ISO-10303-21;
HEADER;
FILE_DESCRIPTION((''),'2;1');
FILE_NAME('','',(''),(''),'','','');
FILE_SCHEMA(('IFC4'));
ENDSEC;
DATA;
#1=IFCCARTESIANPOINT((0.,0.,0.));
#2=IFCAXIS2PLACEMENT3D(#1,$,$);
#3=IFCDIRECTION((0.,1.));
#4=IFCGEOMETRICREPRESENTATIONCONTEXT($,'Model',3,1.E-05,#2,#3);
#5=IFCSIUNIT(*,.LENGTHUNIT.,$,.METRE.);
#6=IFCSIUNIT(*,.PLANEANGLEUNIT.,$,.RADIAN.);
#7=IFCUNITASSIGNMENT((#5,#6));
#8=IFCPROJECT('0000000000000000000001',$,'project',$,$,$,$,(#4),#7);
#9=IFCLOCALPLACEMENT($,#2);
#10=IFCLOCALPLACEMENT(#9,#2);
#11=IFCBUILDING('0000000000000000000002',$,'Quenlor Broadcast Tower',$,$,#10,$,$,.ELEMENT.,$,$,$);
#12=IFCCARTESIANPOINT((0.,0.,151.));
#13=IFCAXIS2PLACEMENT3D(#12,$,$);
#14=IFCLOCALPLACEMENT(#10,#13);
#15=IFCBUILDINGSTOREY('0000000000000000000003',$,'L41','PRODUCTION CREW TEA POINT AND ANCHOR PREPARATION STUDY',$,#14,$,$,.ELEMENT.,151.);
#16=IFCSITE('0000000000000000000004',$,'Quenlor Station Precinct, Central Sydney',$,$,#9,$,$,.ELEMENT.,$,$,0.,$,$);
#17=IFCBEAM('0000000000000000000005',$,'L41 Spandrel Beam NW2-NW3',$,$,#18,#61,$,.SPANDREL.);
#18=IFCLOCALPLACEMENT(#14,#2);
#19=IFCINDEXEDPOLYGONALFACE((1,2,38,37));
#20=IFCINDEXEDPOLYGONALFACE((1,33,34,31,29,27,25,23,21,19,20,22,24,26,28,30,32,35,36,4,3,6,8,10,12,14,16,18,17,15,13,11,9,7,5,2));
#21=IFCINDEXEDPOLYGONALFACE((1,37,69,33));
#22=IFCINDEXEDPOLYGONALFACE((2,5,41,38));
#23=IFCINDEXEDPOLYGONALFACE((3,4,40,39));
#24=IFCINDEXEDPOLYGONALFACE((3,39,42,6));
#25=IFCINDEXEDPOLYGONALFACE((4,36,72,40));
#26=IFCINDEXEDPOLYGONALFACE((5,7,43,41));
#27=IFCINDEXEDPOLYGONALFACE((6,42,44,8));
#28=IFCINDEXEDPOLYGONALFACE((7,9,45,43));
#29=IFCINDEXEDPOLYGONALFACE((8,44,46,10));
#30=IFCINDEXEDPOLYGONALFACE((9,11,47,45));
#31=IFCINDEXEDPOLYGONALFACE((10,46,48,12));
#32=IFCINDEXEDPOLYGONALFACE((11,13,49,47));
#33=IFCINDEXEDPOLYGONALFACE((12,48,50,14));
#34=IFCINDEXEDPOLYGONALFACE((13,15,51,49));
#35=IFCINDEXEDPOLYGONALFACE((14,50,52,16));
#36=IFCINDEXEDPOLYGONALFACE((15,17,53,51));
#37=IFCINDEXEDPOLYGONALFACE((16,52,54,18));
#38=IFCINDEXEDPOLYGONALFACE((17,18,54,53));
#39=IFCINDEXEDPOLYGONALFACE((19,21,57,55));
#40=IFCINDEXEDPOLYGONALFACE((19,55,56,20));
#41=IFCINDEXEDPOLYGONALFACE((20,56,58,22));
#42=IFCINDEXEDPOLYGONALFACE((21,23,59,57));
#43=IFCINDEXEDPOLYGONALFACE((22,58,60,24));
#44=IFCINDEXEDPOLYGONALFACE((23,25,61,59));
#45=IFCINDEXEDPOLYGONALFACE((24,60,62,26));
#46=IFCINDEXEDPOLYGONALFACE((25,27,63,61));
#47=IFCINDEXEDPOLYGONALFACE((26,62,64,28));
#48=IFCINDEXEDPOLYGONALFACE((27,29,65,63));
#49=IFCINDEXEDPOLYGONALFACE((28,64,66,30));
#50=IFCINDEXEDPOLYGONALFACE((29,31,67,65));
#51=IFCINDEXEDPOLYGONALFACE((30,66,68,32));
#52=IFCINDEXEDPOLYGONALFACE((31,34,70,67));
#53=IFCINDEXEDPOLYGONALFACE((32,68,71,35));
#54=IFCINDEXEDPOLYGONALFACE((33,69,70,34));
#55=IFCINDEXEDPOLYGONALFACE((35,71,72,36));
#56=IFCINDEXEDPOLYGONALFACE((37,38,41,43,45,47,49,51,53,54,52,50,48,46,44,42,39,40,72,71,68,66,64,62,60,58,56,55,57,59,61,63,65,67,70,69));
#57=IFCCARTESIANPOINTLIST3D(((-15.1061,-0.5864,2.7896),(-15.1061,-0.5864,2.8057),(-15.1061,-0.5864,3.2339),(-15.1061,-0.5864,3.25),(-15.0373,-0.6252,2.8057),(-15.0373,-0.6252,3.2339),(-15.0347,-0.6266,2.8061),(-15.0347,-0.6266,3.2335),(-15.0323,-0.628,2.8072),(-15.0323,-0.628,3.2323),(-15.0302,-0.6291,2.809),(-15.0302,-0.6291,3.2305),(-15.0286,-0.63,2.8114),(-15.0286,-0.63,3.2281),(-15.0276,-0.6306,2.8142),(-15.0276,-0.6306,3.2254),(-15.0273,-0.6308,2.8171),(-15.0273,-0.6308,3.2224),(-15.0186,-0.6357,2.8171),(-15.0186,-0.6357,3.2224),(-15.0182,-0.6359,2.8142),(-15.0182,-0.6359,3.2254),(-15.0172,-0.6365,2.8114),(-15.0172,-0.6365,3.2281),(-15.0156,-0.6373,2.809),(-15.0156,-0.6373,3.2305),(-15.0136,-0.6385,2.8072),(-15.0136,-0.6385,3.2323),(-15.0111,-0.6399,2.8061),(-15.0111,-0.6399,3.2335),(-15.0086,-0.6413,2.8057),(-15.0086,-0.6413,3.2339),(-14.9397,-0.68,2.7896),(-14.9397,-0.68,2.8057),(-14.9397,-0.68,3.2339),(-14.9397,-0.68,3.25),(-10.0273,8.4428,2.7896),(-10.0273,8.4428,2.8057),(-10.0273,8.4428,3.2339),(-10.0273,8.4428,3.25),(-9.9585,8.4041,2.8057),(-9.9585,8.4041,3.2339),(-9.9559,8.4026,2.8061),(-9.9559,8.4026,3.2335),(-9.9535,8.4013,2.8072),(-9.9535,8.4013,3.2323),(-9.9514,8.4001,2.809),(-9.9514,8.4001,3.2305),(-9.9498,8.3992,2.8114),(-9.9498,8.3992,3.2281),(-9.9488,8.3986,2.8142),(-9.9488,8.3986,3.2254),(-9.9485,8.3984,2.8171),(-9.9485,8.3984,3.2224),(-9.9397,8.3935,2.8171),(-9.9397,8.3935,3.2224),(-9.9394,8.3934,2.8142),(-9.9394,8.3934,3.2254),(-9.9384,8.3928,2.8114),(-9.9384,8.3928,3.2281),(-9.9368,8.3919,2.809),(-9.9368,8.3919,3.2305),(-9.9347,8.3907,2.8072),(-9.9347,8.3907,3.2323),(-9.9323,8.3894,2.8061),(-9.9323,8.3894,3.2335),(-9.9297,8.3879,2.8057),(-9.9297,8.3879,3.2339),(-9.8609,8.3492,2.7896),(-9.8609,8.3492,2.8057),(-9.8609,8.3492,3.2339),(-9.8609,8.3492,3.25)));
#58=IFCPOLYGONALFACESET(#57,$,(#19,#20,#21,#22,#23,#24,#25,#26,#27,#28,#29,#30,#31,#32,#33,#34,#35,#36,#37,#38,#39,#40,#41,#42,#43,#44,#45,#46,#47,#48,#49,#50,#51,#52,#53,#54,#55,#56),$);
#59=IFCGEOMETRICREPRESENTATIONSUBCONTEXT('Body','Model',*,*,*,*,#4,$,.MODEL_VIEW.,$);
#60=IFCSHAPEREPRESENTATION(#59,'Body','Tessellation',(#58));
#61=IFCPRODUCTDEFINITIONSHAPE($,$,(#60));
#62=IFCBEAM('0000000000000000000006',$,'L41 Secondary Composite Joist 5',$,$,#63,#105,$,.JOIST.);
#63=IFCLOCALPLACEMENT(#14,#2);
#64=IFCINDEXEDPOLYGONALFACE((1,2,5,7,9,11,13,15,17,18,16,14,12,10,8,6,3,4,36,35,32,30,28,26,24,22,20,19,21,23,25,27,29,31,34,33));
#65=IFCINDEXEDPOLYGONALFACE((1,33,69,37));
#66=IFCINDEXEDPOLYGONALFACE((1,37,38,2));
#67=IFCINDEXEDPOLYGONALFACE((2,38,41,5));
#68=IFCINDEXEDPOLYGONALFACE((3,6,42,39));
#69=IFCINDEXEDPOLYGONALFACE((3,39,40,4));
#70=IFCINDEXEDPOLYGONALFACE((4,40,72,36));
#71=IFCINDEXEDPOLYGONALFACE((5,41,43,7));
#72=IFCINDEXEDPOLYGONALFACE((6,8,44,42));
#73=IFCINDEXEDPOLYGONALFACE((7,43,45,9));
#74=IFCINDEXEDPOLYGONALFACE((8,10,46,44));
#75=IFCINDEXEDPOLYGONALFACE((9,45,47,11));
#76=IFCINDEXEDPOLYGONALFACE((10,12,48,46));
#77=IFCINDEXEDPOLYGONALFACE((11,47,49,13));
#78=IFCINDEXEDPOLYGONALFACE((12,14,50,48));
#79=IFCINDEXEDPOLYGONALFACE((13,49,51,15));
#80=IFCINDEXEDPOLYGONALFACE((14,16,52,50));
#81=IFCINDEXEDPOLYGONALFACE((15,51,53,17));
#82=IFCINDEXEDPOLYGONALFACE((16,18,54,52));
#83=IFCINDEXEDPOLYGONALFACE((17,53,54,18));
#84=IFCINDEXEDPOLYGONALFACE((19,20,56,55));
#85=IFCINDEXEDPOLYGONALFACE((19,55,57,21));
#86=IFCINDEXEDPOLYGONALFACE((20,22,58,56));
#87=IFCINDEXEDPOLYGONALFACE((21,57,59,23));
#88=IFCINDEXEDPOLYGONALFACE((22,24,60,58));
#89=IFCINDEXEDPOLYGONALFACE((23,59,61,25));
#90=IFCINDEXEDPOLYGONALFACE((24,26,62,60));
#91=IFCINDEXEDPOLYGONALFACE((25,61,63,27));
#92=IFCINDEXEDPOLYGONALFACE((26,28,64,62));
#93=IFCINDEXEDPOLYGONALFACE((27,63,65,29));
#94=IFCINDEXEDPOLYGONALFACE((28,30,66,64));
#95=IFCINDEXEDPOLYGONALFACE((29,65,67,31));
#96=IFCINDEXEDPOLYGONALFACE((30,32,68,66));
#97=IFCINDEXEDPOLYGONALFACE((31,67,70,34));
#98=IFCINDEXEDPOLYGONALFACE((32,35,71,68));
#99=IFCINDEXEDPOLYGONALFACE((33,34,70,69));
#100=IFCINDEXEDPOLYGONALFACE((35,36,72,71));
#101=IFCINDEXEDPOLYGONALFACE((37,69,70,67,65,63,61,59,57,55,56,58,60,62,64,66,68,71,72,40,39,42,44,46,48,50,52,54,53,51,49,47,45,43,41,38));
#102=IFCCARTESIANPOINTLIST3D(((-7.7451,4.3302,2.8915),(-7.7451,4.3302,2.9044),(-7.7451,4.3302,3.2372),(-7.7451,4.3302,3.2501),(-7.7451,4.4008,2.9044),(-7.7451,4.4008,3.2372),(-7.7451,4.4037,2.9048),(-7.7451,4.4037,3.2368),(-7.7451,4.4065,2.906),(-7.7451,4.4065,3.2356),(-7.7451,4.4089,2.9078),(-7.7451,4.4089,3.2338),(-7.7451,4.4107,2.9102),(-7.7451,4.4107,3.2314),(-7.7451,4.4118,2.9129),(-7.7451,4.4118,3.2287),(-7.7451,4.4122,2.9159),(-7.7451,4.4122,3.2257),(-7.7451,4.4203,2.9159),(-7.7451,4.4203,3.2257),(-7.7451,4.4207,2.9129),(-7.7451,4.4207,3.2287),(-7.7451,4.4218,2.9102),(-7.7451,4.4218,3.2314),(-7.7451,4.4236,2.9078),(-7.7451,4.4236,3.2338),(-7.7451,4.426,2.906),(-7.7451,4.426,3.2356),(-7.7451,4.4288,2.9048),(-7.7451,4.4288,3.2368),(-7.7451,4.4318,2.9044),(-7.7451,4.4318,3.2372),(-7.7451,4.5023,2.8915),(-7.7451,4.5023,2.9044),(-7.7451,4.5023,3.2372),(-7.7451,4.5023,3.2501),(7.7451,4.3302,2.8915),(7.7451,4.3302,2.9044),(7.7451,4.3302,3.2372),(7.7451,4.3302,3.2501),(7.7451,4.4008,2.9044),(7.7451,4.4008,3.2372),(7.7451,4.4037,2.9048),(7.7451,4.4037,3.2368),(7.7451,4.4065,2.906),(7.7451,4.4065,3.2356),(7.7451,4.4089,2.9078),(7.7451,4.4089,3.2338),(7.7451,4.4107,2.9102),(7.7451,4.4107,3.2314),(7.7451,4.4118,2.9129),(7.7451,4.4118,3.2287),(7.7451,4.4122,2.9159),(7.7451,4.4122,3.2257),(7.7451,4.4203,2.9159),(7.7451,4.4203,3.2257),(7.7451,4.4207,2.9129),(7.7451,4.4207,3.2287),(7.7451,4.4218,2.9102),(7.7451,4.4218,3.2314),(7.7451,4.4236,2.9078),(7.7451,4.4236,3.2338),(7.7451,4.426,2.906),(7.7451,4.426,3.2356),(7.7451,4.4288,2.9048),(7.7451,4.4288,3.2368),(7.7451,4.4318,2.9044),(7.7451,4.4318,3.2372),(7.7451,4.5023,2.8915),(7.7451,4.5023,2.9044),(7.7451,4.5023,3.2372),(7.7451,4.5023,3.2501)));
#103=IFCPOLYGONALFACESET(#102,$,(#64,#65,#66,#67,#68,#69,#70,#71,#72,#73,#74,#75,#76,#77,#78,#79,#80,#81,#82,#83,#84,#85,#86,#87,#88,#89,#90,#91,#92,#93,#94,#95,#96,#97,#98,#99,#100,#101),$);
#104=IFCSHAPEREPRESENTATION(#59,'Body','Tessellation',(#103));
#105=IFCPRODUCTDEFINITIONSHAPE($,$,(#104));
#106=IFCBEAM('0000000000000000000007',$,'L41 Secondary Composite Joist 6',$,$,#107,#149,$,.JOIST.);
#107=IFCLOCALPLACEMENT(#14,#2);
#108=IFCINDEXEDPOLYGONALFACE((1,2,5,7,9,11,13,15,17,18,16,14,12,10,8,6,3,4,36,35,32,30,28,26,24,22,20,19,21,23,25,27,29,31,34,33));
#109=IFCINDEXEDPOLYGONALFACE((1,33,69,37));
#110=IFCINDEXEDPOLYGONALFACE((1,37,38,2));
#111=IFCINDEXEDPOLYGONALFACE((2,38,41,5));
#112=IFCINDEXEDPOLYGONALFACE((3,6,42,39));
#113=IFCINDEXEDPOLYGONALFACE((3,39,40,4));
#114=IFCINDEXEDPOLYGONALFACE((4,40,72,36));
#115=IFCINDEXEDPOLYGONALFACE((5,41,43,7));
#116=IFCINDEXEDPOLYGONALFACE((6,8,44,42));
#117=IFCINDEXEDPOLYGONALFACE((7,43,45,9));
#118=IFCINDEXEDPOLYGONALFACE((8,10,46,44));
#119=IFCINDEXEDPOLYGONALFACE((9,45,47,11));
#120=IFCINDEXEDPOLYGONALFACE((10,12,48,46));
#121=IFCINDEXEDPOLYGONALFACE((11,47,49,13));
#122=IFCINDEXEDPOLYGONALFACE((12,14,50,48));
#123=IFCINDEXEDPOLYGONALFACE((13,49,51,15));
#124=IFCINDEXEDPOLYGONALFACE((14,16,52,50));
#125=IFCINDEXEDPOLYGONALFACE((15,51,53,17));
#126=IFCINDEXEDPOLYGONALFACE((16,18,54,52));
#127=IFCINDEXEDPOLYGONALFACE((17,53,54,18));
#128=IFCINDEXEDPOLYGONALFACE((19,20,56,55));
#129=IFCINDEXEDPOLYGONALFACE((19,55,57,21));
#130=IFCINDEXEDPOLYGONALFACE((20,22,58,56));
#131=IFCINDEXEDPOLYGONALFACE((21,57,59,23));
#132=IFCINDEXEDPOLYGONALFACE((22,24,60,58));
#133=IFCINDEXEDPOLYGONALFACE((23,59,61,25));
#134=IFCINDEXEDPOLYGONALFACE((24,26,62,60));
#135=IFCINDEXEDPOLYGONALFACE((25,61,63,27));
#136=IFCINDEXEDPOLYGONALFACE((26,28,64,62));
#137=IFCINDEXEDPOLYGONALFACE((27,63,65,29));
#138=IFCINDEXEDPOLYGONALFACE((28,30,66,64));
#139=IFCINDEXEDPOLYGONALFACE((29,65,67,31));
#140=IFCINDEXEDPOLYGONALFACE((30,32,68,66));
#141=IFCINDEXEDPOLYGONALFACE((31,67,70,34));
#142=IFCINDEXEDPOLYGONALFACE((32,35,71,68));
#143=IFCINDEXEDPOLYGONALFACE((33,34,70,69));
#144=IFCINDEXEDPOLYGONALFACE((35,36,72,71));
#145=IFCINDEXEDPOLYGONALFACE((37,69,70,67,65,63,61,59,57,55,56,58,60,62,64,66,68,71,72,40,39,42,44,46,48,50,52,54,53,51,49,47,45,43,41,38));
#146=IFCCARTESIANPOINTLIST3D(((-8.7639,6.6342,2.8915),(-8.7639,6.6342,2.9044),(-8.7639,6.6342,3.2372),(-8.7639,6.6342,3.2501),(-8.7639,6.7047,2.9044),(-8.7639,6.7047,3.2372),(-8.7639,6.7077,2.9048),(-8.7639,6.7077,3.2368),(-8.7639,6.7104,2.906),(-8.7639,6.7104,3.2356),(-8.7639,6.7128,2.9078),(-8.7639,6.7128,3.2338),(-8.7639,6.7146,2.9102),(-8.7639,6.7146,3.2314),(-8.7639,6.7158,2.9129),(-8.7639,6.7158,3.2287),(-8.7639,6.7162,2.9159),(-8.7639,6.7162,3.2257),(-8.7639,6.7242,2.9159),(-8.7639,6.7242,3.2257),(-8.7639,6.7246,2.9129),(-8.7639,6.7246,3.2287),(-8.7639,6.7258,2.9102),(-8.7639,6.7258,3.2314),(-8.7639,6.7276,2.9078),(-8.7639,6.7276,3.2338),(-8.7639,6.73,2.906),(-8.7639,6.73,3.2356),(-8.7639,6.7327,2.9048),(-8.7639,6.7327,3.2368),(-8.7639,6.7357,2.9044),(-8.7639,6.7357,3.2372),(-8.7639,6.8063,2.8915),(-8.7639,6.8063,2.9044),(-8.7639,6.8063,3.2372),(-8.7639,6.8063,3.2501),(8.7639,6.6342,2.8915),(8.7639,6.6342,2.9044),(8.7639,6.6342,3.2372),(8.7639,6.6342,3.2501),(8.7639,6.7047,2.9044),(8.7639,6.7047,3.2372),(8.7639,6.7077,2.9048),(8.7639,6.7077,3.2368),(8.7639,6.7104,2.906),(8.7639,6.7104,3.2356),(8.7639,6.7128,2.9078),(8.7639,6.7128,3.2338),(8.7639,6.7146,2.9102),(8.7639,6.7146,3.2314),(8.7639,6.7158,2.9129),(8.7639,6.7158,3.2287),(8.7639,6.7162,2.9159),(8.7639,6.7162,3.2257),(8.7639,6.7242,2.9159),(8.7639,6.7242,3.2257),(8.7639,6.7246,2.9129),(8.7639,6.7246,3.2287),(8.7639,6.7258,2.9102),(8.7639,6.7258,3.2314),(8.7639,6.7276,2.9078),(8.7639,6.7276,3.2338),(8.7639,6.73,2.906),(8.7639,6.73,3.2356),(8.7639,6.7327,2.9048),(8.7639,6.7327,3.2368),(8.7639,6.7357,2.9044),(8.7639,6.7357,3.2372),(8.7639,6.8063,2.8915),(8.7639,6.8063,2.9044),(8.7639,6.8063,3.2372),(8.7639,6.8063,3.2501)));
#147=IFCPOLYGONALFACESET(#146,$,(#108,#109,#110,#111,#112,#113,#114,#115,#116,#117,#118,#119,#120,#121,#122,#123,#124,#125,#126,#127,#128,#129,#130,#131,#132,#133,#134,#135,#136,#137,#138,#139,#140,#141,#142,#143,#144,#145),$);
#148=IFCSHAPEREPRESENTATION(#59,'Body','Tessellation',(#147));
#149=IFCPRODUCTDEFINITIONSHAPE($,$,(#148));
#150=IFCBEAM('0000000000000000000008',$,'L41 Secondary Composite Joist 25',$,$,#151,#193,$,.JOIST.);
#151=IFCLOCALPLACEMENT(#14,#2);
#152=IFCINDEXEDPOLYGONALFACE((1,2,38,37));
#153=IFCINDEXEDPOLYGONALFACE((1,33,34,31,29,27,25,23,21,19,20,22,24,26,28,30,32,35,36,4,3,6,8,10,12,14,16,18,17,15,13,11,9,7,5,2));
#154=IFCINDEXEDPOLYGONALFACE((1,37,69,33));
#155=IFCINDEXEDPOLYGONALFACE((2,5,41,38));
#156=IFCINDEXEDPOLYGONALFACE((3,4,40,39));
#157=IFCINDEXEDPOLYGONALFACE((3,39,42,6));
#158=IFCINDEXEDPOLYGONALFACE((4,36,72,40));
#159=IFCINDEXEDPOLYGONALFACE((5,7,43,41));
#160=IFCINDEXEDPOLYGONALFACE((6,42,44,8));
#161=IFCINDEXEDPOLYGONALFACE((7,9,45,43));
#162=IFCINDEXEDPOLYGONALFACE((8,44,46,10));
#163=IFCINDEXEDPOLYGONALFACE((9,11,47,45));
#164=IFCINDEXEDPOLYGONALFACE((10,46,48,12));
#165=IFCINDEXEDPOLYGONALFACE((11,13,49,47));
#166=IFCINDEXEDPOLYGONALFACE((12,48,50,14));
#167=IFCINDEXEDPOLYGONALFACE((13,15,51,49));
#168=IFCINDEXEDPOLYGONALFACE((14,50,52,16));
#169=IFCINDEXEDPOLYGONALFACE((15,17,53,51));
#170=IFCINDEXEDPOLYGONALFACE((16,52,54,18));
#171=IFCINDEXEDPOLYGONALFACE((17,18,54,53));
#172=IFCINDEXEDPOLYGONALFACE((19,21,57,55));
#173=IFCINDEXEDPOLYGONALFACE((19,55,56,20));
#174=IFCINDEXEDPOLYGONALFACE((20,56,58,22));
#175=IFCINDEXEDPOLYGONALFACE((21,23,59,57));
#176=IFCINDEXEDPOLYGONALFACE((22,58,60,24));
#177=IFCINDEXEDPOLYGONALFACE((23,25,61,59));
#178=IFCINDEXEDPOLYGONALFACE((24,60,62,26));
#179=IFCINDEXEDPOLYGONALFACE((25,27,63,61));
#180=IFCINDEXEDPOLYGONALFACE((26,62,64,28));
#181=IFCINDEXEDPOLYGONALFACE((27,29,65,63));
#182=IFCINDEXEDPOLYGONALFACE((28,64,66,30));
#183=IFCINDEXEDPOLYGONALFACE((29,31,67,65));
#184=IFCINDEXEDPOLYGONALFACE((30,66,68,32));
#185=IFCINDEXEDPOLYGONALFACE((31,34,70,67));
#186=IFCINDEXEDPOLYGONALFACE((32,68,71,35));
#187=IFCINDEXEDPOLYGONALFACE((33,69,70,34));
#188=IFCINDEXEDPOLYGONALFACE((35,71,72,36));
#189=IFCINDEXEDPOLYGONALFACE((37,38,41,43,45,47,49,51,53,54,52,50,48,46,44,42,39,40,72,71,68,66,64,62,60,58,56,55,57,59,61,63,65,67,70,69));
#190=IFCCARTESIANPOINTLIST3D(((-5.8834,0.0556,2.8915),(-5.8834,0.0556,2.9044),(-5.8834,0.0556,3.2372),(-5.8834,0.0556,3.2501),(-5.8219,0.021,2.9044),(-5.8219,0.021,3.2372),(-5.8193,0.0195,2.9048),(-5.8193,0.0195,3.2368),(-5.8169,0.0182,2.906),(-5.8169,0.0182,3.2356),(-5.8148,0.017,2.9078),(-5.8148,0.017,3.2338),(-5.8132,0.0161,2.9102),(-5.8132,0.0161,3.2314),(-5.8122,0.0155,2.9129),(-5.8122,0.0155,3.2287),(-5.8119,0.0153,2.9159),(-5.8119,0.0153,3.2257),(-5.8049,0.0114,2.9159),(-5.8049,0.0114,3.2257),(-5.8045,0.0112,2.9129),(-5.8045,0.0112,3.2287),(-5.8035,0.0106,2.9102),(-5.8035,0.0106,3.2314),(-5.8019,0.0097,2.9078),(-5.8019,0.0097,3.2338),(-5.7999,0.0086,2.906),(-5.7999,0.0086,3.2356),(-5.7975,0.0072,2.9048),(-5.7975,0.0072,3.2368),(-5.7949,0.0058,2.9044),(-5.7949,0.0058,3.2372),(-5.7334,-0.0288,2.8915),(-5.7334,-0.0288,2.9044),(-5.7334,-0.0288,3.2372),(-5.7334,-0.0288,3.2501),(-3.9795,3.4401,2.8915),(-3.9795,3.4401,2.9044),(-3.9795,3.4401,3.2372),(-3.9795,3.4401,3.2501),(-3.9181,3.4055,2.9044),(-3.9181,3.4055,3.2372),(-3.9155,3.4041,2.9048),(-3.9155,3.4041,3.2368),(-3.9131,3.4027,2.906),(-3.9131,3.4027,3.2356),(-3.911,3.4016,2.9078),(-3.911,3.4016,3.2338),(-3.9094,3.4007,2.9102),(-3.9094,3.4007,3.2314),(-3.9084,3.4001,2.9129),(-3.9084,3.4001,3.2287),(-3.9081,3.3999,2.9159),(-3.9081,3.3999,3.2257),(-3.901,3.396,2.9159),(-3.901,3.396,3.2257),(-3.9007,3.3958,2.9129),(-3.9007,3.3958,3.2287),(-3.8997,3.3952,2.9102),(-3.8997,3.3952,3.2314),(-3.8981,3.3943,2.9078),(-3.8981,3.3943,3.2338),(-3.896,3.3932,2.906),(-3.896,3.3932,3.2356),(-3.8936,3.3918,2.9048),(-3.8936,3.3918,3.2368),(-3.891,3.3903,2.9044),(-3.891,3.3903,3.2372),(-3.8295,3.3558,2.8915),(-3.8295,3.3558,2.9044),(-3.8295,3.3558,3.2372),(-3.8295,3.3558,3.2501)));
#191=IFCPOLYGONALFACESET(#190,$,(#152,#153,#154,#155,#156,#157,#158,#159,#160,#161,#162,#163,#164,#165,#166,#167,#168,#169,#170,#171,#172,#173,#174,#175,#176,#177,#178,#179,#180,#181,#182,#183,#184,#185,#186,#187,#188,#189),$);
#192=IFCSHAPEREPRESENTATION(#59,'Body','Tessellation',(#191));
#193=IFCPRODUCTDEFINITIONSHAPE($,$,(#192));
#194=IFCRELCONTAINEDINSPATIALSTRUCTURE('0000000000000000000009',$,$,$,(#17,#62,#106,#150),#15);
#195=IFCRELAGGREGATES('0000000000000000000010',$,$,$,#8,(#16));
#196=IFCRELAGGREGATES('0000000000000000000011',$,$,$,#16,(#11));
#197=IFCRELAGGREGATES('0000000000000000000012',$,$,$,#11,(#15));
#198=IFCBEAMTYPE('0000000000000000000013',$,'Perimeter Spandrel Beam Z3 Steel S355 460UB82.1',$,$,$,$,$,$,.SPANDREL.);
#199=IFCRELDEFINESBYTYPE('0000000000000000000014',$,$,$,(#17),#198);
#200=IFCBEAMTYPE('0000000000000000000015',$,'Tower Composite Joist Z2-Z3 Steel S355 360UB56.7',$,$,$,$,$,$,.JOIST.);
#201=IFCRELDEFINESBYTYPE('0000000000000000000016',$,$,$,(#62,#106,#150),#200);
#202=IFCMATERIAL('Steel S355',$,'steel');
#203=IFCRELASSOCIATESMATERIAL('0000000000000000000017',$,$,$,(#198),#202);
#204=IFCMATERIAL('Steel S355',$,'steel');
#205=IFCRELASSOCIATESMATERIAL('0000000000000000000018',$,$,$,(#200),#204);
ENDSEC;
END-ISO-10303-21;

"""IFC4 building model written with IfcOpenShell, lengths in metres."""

from ifc_helpers import new_model, si_unit, direction, frame, origin, origin_2d, place, context, subcontext, project, spatial, i_section, extrude, material, material_profile, profile_set, type_object, element, save


model = new_model("IFC4")

# Units and contexts
model_context = context("Model", 3, precision=1e-05, world=origin(), true_north=direction((0.0, 1.0)))
body_context = subcontext(model_context, "Body", "Model", "MODEL_VIEW")
ifc_project = project(units=[si_unit("LENGTHUNIT", "METRE"), si_unit("PLANEANGLEUNIT", "RADIAN")], contexts=[model_context])

# Site, building, storey
site_placement = place(None, origin())
site = spatial("IfcSite", under=ifc_project, at=site_placement, Name="Quenlor Station Precinct, Central Sydney", CompositionType="ELEMENT", RefElevation=0.0)
building_placement = place(site_placement, origin())
building = spatial("IfcBuilding", under=site, at=building_placement, Name="Quenlor Broadcast Tower", CompositionType="ELEMENT")
storey_placement = place(building_placement, frame((0.0, 0.0, 151.0)))
storey = spatial("IfcBuildingStorey", under=building, at=storey_placement, Name="L41", Description="PRODUCTION CREW TEA POINT AND ANCHOR PREPARATION STUDY", CompositionType="ELEMENT", Elevation=151.0)

# Beams
ifc_material_1 = material(Name="Steel S355", Category="steel")
ifc_material_profile_1 = material_profile(ifc_material_1, i_section(OverallWidth=0.1909, OverallDepth=0.4604, WebThickness=0.01, FlangeThickness=0.0161, FilletRadius=0.0115, at=origin_2d()))
ifc_profile_set_1 = profile_set([ifc_material_profile_1], Name="Steel S355 460UB82.1")
beam_type_1 = type_object("IfcBeamType", Name="Perimeter Spandrel Beam Z3 Steel S355 460UB82.1", PredefinedType="SPANDREL", material=ifc_profile_set_1)
beam_1_placement = place(storey_placement, frame((-9.9441, 8.396, 3.0198), z_axis=(-0.490252, -0.871581, 0.0), x_axis=(0.871581, -0.490252, 0.0)))
element("IfcBeam", 1, at=beam_1_placement, inside=storey, type_object=beam_type_1, Name="L41 Spandrel Beam NW2-NW3", PredefinedType="SPANDREL", context=body_context, shape_type="SweptSolid", body=[
    extrude(i_section(OverallWidth=0.1909, OverallDepth=0.4604, WebThickness=0.01, FlangeThickness=0.0161, FilletRadius=0.0115, at=origin_2d()), origin(), (0.0, 0.0, 1.0), 10.3596),
])
ifc_material_2 = material(Name="Steel S355", Category="steel")
ifc_material_profile_2 = material_profile(ifc_material_2, i_section(OverallWidth=0.1721, OverallDepth=0.3586, WebThickness=0.0081, FlangeThickness=0.0129, FilletRadius=0.0115, at=origin_2d()))
ifc_profile_set_2 = profile_set([ifc_material_profile_2], Name="Steel S355 360UB56.7")
beam_type_2 = type_object("IfcBeamType", Name="Tower Composite Joist Z2-Z3 Steel S355 360UB56.7", PredefinedType="JOIST", material=ifc_profile_set_2)
beam_2_placement = place(storey_placement, frame((-7.7451, 4.4163, 3.0708), z_axis=(1.0, 0.0, 0.0), x_axis=(0.0, 1.0, 0.0)))
element("IfcBeam", 2, at=beam_2_placement, inside=storey, type_object=beam_type_2, Name="L41 Secondary Composite Joist 5", PredefinedType="JOIST", context=body_context, shape_type="SweptSolid", body=[
    extrude(i_section(OverallWidth=0.1721, OverallDepth=0.3586, WebThickness=0.0081, FlangeThickness=0.0129, FilletRadius=0.0115, at=origin_2d()), origin(), (0.0, 0.0, 1.0), 15.4902),
])
beam_3_placement = place(storey_placement, frame((-8.7639, 6.7202, 3.0708), z_axis=(1.0, 0.0, 0.0), x_axis=(0.0, 1.0, 0.0)))
element("IfcBeam", 3, at=beam_3_placement, inside=storey, type_object=beam_type_2, Name="L41 Secondary Composite Joist 6", PredefinedType="JOIST", context=body_context, shape_type="SweptSolid", body=[
    extrude(i_section(OverallWidth=0.1721, OverallDepth=0.3586, WebThickness=0.0081, FlangeThickness=0.0129, FilletRadius=0.0115, at=origin_2d()), origin(), (0.0, 0.0, 1.0), 17.5278),
])
beam_4_placement = place(storey_placement, frame((-3.9045, 3.3979, 3.0708), z_axis=(-0.490264, -0.871574, 0.0), x_axis=(0.871574, -0.490264, 0.0)))
element("IfcBeam", 4, at=beam_4_placement, inside=storey, type_object=beam_type_2, Name="L41 Secondary Composite Joist 25", PredefinedType="JOIST", context=body_context, shape_type="SweptSolid", body=[
    extrude(i_section(OverallWidth=0.1721, OverallDepth=0.3586, WebThickness=0.0081, FlangeThickness=0.0129, FilletRadius=0.0115, at=origin_2d()), origin(), (0.0, 0.0, 1.0), 3.8833),
])

save(model, "model.ifc")
